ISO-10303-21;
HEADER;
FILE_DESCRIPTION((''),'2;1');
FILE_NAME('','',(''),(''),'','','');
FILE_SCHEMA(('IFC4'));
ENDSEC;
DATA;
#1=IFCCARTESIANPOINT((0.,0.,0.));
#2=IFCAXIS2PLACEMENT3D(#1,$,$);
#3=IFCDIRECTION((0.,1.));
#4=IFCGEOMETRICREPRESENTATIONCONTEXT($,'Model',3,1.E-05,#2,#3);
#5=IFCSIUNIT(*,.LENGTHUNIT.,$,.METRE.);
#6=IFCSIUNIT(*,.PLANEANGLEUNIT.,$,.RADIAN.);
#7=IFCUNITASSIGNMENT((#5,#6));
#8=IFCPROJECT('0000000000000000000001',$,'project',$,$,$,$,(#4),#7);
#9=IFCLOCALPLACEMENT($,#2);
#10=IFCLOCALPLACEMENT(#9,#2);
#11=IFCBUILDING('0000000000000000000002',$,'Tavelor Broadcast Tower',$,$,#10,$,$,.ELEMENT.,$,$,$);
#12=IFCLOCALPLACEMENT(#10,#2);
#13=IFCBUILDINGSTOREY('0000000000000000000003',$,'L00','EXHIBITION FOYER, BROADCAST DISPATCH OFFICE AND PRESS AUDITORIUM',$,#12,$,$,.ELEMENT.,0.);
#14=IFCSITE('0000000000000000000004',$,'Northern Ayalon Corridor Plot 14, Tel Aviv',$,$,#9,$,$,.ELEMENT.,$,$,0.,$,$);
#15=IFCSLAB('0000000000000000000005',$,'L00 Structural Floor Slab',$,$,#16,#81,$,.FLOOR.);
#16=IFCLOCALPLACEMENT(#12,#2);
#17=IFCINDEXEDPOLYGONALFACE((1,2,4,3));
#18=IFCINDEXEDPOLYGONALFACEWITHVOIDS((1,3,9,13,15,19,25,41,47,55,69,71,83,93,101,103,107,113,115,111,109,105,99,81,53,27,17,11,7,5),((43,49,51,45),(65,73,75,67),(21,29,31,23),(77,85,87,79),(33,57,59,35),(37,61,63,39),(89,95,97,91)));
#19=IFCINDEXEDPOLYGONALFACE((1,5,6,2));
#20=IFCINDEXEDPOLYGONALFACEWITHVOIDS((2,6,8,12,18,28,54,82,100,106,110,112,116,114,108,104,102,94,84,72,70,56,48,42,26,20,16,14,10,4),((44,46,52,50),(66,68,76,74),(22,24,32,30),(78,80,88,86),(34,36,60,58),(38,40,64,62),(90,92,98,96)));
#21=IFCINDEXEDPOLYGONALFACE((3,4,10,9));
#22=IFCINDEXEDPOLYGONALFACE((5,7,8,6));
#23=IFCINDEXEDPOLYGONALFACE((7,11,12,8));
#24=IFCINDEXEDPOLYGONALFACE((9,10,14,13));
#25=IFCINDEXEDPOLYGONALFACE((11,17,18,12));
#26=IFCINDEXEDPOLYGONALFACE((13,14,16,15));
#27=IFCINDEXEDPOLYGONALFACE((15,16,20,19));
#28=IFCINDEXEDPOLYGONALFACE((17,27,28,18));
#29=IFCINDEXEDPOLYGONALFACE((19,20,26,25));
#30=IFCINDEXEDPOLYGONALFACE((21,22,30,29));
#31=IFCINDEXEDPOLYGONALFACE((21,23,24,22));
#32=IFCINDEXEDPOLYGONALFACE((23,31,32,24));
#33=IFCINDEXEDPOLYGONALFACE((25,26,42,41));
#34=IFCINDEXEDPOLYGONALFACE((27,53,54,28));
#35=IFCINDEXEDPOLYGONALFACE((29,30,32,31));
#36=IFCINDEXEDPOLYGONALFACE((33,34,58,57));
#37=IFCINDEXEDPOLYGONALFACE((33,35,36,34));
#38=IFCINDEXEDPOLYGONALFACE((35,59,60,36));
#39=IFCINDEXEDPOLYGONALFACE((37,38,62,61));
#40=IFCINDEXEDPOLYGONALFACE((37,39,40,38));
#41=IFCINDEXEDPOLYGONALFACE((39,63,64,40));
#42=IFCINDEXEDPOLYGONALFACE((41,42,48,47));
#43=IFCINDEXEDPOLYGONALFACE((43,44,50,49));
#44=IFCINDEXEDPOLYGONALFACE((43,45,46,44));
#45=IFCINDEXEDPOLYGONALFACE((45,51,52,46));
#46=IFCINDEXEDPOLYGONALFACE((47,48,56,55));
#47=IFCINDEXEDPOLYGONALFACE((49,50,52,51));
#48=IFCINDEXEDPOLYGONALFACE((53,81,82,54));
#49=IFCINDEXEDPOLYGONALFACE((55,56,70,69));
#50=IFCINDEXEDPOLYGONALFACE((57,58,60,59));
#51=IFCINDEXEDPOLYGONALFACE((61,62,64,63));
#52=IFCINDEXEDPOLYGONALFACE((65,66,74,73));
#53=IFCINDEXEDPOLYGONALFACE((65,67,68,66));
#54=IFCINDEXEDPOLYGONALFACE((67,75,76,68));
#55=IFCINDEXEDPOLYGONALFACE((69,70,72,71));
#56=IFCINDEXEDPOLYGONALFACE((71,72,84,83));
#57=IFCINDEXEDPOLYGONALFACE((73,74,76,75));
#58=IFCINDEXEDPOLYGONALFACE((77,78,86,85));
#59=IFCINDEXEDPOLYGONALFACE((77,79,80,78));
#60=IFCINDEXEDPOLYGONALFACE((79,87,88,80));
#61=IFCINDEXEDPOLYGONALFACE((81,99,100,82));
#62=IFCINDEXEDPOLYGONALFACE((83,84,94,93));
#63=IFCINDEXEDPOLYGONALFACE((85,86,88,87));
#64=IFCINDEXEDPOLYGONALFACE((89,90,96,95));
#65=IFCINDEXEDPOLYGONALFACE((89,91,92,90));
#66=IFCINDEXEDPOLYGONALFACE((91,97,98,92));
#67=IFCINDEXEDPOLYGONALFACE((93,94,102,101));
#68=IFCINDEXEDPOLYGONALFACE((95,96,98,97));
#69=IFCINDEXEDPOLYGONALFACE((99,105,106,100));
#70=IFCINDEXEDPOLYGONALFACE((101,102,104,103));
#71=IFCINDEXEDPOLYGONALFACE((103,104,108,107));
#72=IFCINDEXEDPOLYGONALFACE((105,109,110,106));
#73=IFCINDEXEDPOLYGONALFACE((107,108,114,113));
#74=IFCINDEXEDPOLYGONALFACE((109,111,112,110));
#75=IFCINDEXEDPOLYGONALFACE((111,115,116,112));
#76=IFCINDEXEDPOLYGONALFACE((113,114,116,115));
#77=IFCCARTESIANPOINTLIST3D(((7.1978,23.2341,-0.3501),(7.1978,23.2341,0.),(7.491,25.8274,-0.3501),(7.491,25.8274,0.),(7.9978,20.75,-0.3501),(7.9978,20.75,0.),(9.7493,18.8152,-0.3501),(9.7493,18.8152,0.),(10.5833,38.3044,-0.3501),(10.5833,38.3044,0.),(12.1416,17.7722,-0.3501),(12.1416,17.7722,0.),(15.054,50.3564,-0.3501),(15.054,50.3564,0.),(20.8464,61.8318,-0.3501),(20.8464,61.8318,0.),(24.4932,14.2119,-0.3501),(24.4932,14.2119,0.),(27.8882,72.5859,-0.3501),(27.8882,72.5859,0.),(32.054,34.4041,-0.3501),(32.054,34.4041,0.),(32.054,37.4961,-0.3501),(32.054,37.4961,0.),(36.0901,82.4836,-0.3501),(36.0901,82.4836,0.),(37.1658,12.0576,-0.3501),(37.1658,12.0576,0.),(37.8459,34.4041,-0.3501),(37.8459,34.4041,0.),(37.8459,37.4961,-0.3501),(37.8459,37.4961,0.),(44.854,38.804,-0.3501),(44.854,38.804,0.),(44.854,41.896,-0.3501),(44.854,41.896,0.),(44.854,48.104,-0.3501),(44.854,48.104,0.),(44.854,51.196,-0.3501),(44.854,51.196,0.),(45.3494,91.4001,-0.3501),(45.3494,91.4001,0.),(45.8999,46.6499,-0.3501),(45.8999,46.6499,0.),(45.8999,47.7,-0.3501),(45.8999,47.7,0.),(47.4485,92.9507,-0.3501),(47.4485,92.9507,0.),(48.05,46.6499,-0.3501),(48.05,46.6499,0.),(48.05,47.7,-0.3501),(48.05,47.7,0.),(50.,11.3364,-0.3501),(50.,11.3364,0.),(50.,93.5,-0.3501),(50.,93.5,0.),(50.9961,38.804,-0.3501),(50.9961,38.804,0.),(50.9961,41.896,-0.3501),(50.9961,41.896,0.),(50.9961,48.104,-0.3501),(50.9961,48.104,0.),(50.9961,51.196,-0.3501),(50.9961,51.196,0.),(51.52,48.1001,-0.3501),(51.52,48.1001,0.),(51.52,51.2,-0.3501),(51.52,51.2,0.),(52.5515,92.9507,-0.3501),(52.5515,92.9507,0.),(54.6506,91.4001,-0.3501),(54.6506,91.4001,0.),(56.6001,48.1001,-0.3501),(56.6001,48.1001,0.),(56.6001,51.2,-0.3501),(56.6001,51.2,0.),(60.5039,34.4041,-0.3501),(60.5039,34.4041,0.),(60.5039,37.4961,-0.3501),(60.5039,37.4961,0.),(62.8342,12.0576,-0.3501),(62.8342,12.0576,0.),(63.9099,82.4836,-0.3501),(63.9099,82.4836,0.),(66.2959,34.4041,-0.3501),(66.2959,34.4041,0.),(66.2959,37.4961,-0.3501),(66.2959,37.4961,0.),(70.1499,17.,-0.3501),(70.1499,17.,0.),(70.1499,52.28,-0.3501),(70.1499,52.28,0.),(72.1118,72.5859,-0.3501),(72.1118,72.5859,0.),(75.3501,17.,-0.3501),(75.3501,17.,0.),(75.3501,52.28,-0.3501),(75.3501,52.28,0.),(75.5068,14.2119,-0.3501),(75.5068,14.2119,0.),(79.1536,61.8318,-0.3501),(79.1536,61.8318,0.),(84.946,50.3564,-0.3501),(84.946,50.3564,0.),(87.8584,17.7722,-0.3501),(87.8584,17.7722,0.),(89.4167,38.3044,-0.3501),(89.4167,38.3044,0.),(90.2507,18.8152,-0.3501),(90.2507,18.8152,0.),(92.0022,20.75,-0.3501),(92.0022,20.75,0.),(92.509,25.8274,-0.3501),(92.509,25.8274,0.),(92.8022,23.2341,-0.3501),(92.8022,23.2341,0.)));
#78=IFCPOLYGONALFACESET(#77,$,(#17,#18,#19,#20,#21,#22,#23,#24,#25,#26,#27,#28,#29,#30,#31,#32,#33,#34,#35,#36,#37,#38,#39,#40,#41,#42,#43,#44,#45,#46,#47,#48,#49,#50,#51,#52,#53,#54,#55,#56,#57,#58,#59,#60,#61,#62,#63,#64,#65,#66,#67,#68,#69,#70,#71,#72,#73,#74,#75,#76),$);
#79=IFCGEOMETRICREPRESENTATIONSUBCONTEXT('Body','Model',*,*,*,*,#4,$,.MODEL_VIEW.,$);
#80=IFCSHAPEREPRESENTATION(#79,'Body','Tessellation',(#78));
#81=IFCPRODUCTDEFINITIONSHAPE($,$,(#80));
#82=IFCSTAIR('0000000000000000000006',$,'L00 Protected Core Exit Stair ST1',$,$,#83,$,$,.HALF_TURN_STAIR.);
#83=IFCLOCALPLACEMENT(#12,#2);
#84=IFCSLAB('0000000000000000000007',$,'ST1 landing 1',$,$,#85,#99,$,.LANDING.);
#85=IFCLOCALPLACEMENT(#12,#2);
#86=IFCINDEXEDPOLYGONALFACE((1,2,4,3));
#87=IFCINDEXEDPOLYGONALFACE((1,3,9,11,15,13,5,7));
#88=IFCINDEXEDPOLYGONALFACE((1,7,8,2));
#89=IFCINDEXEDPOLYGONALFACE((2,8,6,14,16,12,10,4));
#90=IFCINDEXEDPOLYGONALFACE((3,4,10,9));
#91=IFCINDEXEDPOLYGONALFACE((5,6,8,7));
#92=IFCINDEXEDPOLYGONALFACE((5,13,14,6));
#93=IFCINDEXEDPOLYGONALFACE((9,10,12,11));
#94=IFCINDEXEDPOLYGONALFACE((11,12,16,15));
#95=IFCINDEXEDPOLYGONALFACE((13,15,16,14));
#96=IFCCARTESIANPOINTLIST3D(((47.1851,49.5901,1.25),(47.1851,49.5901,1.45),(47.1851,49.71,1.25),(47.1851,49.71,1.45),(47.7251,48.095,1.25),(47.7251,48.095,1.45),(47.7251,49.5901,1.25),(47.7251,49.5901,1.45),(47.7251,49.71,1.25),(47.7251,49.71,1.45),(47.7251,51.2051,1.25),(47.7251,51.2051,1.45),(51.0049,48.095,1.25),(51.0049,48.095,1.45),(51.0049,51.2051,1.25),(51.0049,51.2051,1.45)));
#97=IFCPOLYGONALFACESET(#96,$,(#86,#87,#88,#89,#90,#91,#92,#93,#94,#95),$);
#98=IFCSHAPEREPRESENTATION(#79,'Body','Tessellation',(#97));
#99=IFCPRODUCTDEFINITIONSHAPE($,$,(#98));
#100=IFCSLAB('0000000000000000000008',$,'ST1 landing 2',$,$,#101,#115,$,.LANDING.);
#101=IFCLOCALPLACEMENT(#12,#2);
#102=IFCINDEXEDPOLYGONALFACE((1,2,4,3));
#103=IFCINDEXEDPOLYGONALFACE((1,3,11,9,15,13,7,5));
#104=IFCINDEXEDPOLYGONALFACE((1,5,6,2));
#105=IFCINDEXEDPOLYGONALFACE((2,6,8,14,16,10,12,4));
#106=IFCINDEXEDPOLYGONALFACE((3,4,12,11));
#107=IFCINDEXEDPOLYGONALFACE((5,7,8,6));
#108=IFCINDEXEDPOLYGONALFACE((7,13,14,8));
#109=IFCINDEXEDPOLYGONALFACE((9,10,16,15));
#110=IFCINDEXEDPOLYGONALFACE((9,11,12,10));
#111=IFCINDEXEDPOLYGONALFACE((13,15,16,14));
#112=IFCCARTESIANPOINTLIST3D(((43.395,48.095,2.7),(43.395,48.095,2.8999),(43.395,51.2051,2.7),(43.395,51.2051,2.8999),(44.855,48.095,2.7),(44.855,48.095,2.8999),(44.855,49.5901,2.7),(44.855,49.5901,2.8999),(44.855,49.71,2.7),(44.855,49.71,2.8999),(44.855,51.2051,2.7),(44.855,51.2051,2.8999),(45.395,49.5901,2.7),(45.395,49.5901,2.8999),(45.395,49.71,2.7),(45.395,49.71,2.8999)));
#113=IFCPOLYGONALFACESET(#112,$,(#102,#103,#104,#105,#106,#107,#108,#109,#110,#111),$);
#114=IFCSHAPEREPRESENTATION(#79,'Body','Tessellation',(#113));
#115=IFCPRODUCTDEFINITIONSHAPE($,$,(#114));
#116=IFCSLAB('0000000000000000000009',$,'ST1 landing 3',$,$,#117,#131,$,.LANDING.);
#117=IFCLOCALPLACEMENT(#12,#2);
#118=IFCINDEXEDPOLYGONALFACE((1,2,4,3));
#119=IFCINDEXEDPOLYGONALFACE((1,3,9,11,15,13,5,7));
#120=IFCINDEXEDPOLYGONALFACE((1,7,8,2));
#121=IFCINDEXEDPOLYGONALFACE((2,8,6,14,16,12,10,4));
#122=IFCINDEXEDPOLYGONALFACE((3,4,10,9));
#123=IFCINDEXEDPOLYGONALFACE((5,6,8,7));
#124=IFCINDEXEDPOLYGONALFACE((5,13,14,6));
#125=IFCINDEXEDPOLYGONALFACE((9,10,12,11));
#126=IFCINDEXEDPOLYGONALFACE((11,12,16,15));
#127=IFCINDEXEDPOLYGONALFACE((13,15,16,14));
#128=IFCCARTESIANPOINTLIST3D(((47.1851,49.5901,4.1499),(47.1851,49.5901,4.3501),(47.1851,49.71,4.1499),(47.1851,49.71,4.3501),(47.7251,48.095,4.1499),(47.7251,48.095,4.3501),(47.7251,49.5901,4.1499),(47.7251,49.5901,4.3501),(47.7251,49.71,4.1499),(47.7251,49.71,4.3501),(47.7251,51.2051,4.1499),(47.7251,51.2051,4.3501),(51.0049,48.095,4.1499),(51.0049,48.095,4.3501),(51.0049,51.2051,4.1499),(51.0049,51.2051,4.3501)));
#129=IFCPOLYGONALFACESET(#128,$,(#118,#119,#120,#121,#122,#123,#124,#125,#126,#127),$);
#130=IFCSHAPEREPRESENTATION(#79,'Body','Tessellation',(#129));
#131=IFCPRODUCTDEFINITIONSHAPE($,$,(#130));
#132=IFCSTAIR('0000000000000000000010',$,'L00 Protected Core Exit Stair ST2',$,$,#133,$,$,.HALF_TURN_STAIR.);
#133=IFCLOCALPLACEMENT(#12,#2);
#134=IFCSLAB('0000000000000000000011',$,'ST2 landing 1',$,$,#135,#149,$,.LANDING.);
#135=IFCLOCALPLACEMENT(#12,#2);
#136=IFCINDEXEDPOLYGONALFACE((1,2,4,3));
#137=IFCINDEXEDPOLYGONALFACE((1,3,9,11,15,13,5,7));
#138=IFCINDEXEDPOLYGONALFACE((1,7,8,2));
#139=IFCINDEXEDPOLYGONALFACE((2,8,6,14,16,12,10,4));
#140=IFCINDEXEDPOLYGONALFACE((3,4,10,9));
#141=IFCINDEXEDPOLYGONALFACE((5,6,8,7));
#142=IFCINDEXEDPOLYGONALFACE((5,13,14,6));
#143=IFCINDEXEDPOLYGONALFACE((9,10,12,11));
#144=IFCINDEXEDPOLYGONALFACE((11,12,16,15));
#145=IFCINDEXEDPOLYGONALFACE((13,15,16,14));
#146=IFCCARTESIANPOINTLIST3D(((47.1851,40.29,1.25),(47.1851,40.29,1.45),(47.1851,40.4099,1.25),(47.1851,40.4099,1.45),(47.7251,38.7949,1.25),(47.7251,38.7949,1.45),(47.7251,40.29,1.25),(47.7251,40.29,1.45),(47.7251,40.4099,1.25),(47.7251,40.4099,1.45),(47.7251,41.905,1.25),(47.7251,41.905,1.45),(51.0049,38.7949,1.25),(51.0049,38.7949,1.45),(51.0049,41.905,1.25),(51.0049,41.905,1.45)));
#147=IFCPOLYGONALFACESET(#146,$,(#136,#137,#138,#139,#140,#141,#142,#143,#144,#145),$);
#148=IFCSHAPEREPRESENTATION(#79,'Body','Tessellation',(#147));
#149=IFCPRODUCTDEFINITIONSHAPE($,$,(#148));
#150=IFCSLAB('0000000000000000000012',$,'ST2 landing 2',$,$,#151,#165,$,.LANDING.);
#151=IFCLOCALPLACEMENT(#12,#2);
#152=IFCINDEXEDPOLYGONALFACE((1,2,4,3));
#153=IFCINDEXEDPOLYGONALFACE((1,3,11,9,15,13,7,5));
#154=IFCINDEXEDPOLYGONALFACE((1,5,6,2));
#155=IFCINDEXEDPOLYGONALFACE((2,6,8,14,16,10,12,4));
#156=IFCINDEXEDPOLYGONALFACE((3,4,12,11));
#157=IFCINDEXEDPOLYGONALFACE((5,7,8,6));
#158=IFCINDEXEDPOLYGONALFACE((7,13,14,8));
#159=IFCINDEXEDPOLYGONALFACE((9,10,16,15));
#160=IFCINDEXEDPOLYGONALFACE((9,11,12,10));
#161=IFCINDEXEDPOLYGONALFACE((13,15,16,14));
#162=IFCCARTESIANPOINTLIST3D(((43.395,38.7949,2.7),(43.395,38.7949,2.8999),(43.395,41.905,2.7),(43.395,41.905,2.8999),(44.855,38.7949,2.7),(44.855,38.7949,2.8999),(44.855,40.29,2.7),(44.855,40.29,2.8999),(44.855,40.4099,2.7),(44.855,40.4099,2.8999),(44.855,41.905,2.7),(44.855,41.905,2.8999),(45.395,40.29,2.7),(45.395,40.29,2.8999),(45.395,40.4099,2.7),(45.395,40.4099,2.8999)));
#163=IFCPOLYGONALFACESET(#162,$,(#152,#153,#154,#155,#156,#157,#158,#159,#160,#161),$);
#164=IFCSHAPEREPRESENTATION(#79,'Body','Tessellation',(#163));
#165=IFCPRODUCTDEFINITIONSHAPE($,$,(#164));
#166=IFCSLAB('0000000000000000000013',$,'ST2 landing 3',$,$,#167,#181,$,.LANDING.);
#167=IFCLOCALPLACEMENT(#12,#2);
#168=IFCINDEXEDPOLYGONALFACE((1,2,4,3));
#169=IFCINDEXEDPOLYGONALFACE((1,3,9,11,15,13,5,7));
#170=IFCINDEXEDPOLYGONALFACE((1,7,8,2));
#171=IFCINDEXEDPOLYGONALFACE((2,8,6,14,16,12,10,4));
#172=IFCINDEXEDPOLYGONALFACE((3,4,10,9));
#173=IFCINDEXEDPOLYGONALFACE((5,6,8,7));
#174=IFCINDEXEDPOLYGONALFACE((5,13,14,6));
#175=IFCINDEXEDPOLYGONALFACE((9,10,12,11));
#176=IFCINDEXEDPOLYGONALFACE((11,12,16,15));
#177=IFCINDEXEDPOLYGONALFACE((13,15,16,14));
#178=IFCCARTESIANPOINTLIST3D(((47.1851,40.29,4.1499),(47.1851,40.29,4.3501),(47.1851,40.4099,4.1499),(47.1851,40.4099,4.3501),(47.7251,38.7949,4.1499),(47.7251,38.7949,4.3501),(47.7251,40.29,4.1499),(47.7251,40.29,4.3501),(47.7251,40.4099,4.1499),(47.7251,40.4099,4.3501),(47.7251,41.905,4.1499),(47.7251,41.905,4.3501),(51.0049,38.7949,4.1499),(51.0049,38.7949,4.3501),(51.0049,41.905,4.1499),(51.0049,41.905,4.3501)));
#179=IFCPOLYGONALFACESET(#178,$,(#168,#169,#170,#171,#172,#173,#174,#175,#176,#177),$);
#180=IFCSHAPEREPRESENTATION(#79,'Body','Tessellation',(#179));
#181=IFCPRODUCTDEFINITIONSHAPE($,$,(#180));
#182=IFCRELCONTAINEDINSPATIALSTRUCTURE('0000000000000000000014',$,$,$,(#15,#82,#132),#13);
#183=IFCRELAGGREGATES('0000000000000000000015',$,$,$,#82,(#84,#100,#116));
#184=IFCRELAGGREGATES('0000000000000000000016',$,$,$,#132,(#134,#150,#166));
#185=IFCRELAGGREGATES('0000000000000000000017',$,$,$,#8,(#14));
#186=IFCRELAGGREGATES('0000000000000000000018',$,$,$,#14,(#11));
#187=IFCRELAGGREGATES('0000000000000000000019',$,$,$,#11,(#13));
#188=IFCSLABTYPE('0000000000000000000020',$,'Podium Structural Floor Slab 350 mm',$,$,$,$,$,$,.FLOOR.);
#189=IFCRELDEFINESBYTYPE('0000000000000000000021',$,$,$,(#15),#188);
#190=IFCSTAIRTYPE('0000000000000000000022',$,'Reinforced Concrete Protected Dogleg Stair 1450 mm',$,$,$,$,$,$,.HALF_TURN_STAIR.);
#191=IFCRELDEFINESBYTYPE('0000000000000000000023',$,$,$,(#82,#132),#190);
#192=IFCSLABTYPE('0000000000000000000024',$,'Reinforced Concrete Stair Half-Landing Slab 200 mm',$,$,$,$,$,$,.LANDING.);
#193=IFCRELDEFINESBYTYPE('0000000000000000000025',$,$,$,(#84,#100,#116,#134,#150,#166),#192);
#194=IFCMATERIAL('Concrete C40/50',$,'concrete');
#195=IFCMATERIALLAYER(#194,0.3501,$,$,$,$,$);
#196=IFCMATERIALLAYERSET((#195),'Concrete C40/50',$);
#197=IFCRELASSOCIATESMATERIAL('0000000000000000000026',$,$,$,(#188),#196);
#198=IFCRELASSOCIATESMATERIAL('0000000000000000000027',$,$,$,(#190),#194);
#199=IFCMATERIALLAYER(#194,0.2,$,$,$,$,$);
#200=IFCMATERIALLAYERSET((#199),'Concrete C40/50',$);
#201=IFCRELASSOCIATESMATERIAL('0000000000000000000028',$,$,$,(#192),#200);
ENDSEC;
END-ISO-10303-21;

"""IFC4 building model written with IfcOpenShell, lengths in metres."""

from ifc_helpers import new_model, si_unit, direction, frame, origin, place, context, subcontext, project, spatial, polyline, outline, extrude, material, layer, layer_set, type_object, element, aggregate, save


model = new_model("IFC4")

# Units and contexts
model_context = context("Model", 3, precision=1e-05, world=origin(), true_north=direction((0.0, 1.0)))
body_context = subcontext(model_context, "Body", "Model", "MODEL_VIEW")
ifc_project = project(units=[si_unit("LENGTHUNIT", "METRE"), si_unit("PLANEANGLEUNIT", "RADIAN")], contexts=[model_context])

# Site, building, storey
site_placement = place(None, origin())
site = spatial("IfcSite", under=ifc_project, at=site_placement, Name="Northern Ayalon Corridor Plot 14, Tel Aviv", CompositionType="ELEMENT", RefElevation=0.0)
building_placement = place(site_placement, origin())
building = spatial("IfcBuilding", under=site, at=building_placement, Name="Tavelor Broadcast Tower", CompositionType="ELEMENT")
storey_placement = place(building_placement, origin())
storey = spatial("IfcBuildingStorey", under=building, at=storey_placement, Name="L00", Description="EXHIBITION FOYER, BROADCAST DISPATCH OFFICE AND PRESS AUDITORIUM", CompositionType="ELEMENT", Elevation=0.0)

# Slab
ifc_material_1 = material(Name="Concrete C40/50", Category="concrete")
ifc_layer_1 = layer(ifc_material_1, 0.3501)
ifc_layer_set_1 = layer_set([ifc_layer_1], Name="Concrete C40/50")
slab_type_1 = type_object("IfcSlabType", Name="Podium Structural Floor Slab 350 mm", PredefinedType="FLOOR", material=ifc_layer_set_1)
slab_1_placement = place(storey_placement, frame((0.0, 0.0, -0.3501)))
element("IfcSlab", 1, at=slab_1_placement, inside=storey, type_object=slab_type_1, Name="L00 Structural Floor Slab", PredefinedType="FLOOR", context=body_context, shape_type="SweptSolid", body=[
    extrude(outline(polyline([(54.6506, 91.4001), (52.5515, 92.9507), (50.0, 93.5), (47.4485, 92.9507), (45.3494, 91.4001), (36.0901, 82.4836), (27.8882, 72.5859), (20.8464, 61.8318), (15.054, 50.3564), (10.5833, 38.3044), (7.491, 25.8274), (7.1978, 23.2341), (7.9978, 20.75), (9.7493, 18.8152), (12.1416, 17.7722), (24.4932, 14.2119), (37.1658, 12.0576), (50.0, 11.3364), (62.8342, 12.0576), (75.5068, 14.2119), (87.8584, 17.7722), (90.2507, 18.8152), (92.0022, 20.75), (92.8022, 23.2341), (92.509, 25.8274), (89.4167, 38.3044), (84.946, 50.3564), (79.1536, 61.8318), (72.1118, 72.5859), (63.9099, 82.4836), (54.6506, 91.4001)]), holes=[polyline([(70.1499, 52.28), (75.3501, 52.28), (75.3501, 17.0), (70.1499, 17.0), (70.1499, 52.28)]), polyline([(37.8459, 34.4041), (32.054, 34.4041), (32.054, 37.4961), (37.8459, 37.4961), (37.8459, 34.4041)]), polyline([(66.2959, 34.4041), (60.5039, 34.4041), (60.5039, 37.4961), (66.2959, 37.4961), (66.2959, 34.4041)]), polyline([(50.9961, 38.804), (44.854, 38.804), (44.854, 41.896), (50.9961, 41.896), (50.9961, 38.804)]), polyline([(48.05, 46.6499), (45.8999, 46.6499), (45.8999, 47.7), (48.05, 47.7), (48.05, 46.6499)]), polyline([(50.9961, 48.104), (44.854, 48.104), (44.854, 51.196), (50.9961, 51.196), (50.9961, 48.104)]), polyline([(56.6001, 48.1001), (51.52, 48.1001), (51.52, 51.2), (56.6001, 51.2), (56.6001, 48.1001)])]), origin(), (0.0, 0.0, 1.0), 0.3501),
])

# Stairs, slabs
stair_type = type_object("IfcStairType", Name="Reinforced Concrete Protected Dogleg Stair 1450 mm", PredefinedType="HALF_TURN_STAIR", material=ifc_material_1)
stair_1_placement = place(storey_placement, origin())
stair_1 = element("IfcStair", 2, at=stair_1_placement, inside=storey, type_object=stair_type, Name="L00 Protected Core Exit Stair ST1", PredefinedType="HALF_TURN_STAIR")
ifc_layer_2 = layer(ifc_material_1, 0.2)
ifc_layer_set_2 = layer_set([ifc_layer_2], Name="Concrete C40/50")
slab_type_2 = type_object("IfcSlabType", Name="Reinforced Concrete Stair Half-Landing Slab 200 mm", PredefinedType="LANDING", material=ifc_layer_set_2)
slab_2_placement = place(storey_placement, frame((0.0, 0.0, 1.25)))
slab_2 = element("IfcSlab", 3, at=slab_2_placement, type_object=slab_type_2, Name="ST1 landing 1", PredefinedType="LANDING", context=body_context, shape_type="SweptSolid", body=[
    extrude(outline(polyline([(47.7251, 49.5901), (47.7251, 48.095), (51.0049, 48.095), (51.0049, 51.2051), (47.7251, 51.2051), (47.7251, 49.71), (47.1851, 49.71), (47.1851, 49.5901), (47.7251, 49.5901)])), origin(), (0.0, 0.0, 1.0), 0.2),
])
slab_3_placement = place(storey_placement, frame((0.0, 0.0, 2.7)))
slab_3 = element("IfcSlab", 4, at=slab_3_placement, type_object=slab_type_2, Name="ST1 landing 2", PredefinedType="LANDING", context=body_context, shape_type="SweptSolid", body=[
    extrude(outline(polyline([(43.395, 48.095), (44.855, 48.095), (44.855, 49.5901), (45.395, 49.5901), (45.395, 49.71), (44.855, 49.71), (44.855, 51.2051), (43.395, 51.2051), (43.395, 48.095)])), origin(), (0.0, 0.0, 1.0), 0.2),
])
slab_4_placement = place(storey_placement, frame((0.0, 0.0, 4.1499)))
slab_4 = element("IfcSlab", 5, at=slab_4_placement, type_object=slab_type_2, Name="ST1 landing 3", PredefinedType="LANDING", context=body_context, shape_type="SweptSolid", body=[
    extrude(outline(polyline([(47.7251, 49.5901), (47.7251, 48.095), (51.0049, 48.095), (51.0049, 51.2051), (47.7251, 51.2051), (47.7251, 49.71), (47.1851, 49.71), (47.1851, 49.5901), (47.7251, 49.5901)])), origin(), (0.0, 0.0, 1.0), 0.2002),
])
aggregate(stair_1, [slab_2, slab_3, slab_4])
stair_2_placement = place(storey_placement, origin())
stair_2 = element("IfcStair", 6, at=stair_2_placement, inside=storey, type_object=stair_type, Name="L00 Protected Core Exit Stair ST2", PredefinedType="HALF_TURN_STAIR")
slab_5_placement = place(storey_placement, frame((0.0, 0.0, 1.25)))
slab_5 = element("IfcSlab", 7, at=slab_5_placement, type_object=slab_type_2, Name="ST2 landing 1", PredefinedType="LANDING", context=body_context, shape_type="SweptSolid", body=[
    extrude(outline(polyline([(47.7251, 40.29), (47.7251, 38.7949), (51.0049, 38.7949), (51.0049, 41.905), (47.7251, 41.905), (47.7251, 40.4099), (47.1851, 40.4099), (47.1851, 40.29), (47.7251, 40.29)])), origin(), (0.0, 0.0, 1.0), 0.2),
])
slab_6_placement = place(storey_placement, frame((0.0, 0.0, 2.7)))
slab_6 = element("IfcSlab", 8, at=slab_6_placement, type_object=slab_type_2, Name="ST2 landing 2", PredefinedType="LANDING", context=body_context, shape_type="SweptSolid", body=[
    extrude(outline(polyline([(43.395, 38.7949), (44.855, 38.7949), (44.855, 40.29), (45.395, 40.29), (45.395, 40.4099), (44.855, 40.4099), (44.855, 41.905), (43.395, 41.905), (43.395, 38.7949)])), origin(), (0.0, 0.0, 1.0), 0.2),
])
slab_7_placement = place(storey_placement, frame((0.0, 0.0, 4.1499)))
slab_7 = element("IfcSlab", 9, at=slab_7_placement, type_object=slab_type_2, Name="ST2 landing 3", PredefinedType="LANDING", context=body_context, shape_type="SweptSolid", body=[
    extrude(outline(polyline([(47.7251, 40.29), (47.7251, 38.7949), (51.0049, 38.7949), (51.0049, 41.905), (47.7251, 41.905), (47.7251, 40.4099), (47.1851, 40.4099), (47.1851, 40.29), (47.7251, 40.29)])), origin(), (0.0, 0.0, 1.0), 0.2002),
])
aggregate(stair_2, [slab_5, slab_6, slab_7])

save(model, "model.ifc")
